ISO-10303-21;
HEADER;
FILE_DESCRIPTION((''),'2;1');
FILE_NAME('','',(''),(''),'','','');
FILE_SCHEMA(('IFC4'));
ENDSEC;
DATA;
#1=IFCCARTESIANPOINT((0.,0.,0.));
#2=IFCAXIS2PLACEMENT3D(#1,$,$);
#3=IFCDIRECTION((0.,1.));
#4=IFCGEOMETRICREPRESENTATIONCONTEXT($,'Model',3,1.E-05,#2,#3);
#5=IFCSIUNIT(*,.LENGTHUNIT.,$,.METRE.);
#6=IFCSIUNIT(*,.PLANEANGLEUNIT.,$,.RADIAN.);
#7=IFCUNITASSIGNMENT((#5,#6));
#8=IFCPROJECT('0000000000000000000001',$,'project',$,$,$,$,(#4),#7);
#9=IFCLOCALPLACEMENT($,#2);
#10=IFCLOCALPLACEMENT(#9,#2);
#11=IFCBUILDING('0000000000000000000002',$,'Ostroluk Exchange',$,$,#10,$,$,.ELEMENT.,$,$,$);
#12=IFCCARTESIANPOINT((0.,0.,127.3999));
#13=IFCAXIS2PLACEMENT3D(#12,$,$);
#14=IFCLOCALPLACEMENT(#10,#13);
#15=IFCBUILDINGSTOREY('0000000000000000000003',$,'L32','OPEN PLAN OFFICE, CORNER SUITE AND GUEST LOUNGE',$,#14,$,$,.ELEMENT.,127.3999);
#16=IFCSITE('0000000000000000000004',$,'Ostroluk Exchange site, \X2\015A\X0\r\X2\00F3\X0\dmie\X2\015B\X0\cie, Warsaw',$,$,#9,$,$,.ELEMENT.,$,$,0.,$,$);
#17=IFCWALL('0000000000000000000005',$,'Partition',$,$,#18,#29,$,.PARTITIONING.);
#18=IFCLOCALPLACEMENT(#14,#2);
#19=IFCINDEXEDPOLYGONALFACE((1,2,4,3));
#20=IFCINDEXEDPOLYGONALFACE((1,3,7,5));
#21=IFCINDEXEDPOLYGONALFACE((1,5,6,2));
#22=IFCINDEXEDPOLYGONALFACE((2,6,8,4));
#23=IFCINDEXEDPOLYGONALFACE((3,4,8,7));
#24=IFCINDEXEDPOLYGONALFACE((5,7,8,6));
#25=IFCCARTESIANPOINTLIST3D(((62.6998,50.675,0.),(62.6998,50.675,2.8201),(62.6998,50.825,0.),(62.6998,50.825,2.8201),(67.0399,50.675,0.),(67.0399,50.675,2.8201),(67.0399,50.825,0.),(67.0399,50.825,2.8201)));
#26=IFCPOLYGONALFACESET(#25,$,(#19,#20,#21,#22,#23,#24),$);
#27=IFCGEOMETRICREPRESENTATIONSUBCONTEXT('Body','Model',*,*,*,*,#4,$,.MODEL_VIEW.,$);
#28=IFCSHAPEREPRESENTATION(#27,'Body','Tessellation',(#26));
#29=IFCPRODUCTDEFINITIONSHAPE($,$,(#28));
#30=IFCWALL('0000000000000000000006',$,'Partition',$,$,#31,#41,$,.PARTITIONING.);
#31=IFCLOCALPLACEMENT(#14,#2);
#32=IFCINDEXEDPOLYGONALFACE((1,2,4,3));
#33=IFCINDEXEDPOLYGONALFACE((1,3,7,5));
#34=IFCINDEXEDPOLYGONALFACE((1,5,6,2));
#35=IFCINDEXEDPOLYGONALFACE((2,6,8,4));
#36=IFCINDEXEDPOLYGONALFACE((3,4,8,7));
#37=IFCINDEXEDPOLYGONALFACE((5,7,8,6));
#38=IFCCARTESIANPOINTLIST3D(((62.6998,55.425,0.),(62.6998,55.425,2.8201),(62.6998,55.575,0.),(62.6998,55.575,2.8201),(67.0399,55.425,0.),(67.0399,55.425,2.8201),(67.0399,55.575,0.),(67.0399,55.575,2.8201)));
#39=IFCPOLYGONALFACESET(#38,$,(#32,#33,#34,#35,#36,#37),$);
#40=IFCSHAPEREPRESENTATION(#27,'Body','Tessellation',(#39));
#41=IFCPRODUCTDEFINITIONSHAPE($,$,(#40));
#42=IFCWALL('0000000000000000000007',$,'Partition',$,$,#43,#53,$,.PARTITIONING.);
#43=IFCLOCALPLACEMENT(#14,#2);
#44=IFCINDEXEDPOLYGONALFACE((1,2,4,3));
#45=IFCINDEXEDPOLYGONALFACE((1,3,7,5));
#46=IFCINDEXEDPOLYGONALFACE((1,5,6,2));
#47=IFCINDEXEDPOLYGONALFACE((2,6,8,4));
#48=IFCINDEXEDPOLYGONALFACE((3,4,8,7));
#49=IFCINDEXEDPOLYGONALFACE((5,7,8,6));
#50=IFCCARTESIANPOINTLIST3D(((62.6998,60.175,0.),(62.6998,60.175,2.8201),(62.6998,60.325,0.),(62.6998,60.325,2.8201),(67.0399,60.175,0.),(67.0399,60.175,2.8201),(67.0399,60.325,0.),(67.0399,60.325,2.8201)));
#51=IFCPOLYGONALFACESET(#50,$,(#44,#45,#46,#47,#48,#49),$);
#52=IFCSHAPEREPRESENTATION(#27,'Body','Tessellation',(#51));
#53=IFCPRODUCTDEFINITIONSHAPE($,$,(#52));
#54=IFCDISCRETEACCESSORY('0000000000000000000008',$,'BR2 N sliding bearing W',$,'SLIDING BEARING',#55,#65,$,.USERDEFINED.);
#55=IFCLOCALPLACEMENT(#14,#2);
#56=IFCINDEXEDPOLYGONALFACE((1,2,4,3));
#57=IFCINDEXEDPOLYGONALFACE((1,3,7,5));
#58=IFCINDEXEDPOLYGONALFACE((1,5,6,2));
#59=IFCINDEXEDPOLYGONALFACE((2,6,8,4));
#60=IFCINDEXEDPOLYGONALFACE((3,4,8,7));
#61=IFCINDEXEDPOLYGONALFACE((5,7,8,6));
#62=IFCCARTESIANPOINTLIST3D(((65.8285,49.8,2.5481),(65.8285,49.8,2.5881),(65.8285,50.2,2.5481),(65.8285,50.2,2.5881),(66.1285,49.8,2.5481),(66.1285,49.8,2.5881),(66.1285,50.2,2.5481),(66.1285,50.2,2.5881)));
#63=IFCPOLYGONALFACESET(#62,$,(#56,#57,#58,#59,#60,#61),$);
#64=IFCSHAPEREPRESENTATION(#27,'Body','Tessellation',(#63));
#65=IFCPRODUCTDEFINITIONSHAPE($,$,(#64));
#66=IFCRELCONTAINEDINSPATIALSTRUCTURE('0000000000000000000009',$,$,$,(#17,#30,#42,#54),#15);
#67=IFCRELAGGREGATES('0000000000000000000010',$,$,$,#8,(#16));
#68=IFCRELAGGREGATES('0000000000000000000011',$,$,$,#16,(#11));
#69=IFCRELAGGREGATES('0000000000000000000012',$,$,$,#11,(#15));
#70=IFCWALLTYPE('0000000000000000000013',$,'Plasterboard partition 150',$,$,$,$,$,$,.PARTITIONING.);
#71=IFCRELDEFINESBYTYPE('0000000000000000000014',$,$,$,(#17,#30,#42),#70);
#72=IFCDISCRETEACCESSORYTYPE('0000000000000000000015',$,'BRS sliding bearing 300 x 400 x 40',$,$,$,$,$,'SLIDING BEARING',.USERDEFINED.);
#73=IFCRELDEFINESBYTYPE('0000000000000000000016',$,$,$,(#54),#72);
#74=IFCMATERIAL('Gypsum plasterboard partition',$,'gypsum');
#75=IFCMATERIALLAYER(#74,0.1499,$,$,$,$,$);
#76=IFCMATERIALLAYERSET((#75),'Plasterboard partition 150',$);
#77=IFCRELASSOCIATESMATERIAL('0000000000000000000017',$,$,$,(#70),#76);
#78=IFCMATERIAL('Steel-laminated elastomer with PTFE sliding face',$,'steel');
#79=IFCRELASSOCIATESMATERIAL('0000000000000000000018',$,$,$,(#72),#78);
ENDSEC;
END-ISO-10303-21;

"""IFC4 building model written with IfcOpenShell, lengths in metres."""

from ifc_helpers import new_model, si_unit, direction, frame, frame_2d, origin, origin_2d, place, context, subcontext, project, spatial, rectangle, extrude, material, layer, layer_set, type_object, element, save


model = new_model("IFC4")

# Units and contexts
model_context = context("Model", 3, precision=1e-05, world=origin(), true_north=direction((0.0, 1.0)))
body_context = subcontext(model_context, "Body", "Model", "MODEL_VIEW")
ifc_project = project(units=[si_unit("LENGTHUNIT", "METRE"), si_unit("PLANEANGLEUNIT", "RADIAN")], contexts=[model_context])

# Site, building, storey
site_placement = place(None, origin())
site = spatial("IfcSite", under=ifc_project, at=site_placement, Name="Ostroluk Exchange site, Śródmieście, Warsaw", CompositionType="ELEMENT", RefElevation=0.0)
building_placement = place(site_placement, origin())
building = spatial("IfcBuilding", under=site, at=building_placement, Name="Ostroluk Exchange", CompositionType="ELEMENT")
storey_placement = place(building_placement, frame((0.0, 0.0, 127.3999)))
storey = spatial("IfcBuildingStorey", under=building, at=storey_placement, Name="L32", Description="OPEN PLAN OFFICE, CORNER SUITE AND GUEST LOUNGE", CompositionType="ELEMENT", Elevation=127.3999)

# Shared definitions
ifc_material_1 = material(Name="Gypsum plasterboard partition", Category="gypsum")
ifc_layer = layer(ifc_material_1, 0.1499)
ifc_layer_set = layer_set([ifc_layer], Name="Plasterboard partition 150")
wall_type = type_object("IfcWallType", Name="Plasterboard partition 150", PredefinedType="PARTITIONING", material=ifc_layer_set)

# Walls
for number, where, z_axis, x_axis, name in (
    (1, (62.7, 50.75, 0.0), (0.0, 0.0, 1.0), (1.0, 0.0, 0.0), "Partition"),
    (2, (62.7, 55.5, 0.0), (0.0, 0.0, 1.0), (1.0, 0.0, 0.0), "Partition"),
    (3, (62.7, 60.25, 0.0), (0.0, 0.0, 1.0), (1.0, 0.0, 0.0), "Partition"),
):
    element("IfcWall", number, at=place(storey_placement, frame(where, z_axis=z_axis, x_axis=x_axis)), inside=storey, type_object=wall_type, Name=name, PredefinedType="PARTITIONING", context=body_context, shape_type="SweptSolid", body=[
        extrude(rectangle(XDim=4.3401, YDim=0.1499, at=frame_2d((2.1699, 0.0))), origin(), (0.0, 0.0, 1.0), 2.8201),
    ])

# Discrete accessory
ifc_material_2 = material(Name="Steel-laminated elastomer with PTFE sliding face", Category="steel")
discrete_accessory_type = type_object("IfcDiscreteAccessoryType", Name="BRS sliding bearing 300 x 400 x 40", ElementType="SLIDING BEARING", PredefinedType="USERDEFINED", material=ifc_material_2)
discrete_accessory_placement = place(storey_placement, frame((65.9785, 50.0, 2.5481), z_axis=(0.0, 0.0, 1.0), x_axis=(1.0, 0.0, 0.0)))
element("IfcDiscreteAccessory", 4, at=discrete_accessory_placement, inside=storey, type_object=discrete_accessory_type, Name="BR2 N sliding bearing W", ObjectType="SLIDING BEARING", PredefinedType="USERDEFINED", context=body_context, shape_type="SweptSolid", body=[
    extrude(rectangle(XDim=0.3, YDim=0.3999, at=origin_2d()), origin(), (0.0, 0.0, 1.0), 0.04),
])

save(model, "model.ifc")
